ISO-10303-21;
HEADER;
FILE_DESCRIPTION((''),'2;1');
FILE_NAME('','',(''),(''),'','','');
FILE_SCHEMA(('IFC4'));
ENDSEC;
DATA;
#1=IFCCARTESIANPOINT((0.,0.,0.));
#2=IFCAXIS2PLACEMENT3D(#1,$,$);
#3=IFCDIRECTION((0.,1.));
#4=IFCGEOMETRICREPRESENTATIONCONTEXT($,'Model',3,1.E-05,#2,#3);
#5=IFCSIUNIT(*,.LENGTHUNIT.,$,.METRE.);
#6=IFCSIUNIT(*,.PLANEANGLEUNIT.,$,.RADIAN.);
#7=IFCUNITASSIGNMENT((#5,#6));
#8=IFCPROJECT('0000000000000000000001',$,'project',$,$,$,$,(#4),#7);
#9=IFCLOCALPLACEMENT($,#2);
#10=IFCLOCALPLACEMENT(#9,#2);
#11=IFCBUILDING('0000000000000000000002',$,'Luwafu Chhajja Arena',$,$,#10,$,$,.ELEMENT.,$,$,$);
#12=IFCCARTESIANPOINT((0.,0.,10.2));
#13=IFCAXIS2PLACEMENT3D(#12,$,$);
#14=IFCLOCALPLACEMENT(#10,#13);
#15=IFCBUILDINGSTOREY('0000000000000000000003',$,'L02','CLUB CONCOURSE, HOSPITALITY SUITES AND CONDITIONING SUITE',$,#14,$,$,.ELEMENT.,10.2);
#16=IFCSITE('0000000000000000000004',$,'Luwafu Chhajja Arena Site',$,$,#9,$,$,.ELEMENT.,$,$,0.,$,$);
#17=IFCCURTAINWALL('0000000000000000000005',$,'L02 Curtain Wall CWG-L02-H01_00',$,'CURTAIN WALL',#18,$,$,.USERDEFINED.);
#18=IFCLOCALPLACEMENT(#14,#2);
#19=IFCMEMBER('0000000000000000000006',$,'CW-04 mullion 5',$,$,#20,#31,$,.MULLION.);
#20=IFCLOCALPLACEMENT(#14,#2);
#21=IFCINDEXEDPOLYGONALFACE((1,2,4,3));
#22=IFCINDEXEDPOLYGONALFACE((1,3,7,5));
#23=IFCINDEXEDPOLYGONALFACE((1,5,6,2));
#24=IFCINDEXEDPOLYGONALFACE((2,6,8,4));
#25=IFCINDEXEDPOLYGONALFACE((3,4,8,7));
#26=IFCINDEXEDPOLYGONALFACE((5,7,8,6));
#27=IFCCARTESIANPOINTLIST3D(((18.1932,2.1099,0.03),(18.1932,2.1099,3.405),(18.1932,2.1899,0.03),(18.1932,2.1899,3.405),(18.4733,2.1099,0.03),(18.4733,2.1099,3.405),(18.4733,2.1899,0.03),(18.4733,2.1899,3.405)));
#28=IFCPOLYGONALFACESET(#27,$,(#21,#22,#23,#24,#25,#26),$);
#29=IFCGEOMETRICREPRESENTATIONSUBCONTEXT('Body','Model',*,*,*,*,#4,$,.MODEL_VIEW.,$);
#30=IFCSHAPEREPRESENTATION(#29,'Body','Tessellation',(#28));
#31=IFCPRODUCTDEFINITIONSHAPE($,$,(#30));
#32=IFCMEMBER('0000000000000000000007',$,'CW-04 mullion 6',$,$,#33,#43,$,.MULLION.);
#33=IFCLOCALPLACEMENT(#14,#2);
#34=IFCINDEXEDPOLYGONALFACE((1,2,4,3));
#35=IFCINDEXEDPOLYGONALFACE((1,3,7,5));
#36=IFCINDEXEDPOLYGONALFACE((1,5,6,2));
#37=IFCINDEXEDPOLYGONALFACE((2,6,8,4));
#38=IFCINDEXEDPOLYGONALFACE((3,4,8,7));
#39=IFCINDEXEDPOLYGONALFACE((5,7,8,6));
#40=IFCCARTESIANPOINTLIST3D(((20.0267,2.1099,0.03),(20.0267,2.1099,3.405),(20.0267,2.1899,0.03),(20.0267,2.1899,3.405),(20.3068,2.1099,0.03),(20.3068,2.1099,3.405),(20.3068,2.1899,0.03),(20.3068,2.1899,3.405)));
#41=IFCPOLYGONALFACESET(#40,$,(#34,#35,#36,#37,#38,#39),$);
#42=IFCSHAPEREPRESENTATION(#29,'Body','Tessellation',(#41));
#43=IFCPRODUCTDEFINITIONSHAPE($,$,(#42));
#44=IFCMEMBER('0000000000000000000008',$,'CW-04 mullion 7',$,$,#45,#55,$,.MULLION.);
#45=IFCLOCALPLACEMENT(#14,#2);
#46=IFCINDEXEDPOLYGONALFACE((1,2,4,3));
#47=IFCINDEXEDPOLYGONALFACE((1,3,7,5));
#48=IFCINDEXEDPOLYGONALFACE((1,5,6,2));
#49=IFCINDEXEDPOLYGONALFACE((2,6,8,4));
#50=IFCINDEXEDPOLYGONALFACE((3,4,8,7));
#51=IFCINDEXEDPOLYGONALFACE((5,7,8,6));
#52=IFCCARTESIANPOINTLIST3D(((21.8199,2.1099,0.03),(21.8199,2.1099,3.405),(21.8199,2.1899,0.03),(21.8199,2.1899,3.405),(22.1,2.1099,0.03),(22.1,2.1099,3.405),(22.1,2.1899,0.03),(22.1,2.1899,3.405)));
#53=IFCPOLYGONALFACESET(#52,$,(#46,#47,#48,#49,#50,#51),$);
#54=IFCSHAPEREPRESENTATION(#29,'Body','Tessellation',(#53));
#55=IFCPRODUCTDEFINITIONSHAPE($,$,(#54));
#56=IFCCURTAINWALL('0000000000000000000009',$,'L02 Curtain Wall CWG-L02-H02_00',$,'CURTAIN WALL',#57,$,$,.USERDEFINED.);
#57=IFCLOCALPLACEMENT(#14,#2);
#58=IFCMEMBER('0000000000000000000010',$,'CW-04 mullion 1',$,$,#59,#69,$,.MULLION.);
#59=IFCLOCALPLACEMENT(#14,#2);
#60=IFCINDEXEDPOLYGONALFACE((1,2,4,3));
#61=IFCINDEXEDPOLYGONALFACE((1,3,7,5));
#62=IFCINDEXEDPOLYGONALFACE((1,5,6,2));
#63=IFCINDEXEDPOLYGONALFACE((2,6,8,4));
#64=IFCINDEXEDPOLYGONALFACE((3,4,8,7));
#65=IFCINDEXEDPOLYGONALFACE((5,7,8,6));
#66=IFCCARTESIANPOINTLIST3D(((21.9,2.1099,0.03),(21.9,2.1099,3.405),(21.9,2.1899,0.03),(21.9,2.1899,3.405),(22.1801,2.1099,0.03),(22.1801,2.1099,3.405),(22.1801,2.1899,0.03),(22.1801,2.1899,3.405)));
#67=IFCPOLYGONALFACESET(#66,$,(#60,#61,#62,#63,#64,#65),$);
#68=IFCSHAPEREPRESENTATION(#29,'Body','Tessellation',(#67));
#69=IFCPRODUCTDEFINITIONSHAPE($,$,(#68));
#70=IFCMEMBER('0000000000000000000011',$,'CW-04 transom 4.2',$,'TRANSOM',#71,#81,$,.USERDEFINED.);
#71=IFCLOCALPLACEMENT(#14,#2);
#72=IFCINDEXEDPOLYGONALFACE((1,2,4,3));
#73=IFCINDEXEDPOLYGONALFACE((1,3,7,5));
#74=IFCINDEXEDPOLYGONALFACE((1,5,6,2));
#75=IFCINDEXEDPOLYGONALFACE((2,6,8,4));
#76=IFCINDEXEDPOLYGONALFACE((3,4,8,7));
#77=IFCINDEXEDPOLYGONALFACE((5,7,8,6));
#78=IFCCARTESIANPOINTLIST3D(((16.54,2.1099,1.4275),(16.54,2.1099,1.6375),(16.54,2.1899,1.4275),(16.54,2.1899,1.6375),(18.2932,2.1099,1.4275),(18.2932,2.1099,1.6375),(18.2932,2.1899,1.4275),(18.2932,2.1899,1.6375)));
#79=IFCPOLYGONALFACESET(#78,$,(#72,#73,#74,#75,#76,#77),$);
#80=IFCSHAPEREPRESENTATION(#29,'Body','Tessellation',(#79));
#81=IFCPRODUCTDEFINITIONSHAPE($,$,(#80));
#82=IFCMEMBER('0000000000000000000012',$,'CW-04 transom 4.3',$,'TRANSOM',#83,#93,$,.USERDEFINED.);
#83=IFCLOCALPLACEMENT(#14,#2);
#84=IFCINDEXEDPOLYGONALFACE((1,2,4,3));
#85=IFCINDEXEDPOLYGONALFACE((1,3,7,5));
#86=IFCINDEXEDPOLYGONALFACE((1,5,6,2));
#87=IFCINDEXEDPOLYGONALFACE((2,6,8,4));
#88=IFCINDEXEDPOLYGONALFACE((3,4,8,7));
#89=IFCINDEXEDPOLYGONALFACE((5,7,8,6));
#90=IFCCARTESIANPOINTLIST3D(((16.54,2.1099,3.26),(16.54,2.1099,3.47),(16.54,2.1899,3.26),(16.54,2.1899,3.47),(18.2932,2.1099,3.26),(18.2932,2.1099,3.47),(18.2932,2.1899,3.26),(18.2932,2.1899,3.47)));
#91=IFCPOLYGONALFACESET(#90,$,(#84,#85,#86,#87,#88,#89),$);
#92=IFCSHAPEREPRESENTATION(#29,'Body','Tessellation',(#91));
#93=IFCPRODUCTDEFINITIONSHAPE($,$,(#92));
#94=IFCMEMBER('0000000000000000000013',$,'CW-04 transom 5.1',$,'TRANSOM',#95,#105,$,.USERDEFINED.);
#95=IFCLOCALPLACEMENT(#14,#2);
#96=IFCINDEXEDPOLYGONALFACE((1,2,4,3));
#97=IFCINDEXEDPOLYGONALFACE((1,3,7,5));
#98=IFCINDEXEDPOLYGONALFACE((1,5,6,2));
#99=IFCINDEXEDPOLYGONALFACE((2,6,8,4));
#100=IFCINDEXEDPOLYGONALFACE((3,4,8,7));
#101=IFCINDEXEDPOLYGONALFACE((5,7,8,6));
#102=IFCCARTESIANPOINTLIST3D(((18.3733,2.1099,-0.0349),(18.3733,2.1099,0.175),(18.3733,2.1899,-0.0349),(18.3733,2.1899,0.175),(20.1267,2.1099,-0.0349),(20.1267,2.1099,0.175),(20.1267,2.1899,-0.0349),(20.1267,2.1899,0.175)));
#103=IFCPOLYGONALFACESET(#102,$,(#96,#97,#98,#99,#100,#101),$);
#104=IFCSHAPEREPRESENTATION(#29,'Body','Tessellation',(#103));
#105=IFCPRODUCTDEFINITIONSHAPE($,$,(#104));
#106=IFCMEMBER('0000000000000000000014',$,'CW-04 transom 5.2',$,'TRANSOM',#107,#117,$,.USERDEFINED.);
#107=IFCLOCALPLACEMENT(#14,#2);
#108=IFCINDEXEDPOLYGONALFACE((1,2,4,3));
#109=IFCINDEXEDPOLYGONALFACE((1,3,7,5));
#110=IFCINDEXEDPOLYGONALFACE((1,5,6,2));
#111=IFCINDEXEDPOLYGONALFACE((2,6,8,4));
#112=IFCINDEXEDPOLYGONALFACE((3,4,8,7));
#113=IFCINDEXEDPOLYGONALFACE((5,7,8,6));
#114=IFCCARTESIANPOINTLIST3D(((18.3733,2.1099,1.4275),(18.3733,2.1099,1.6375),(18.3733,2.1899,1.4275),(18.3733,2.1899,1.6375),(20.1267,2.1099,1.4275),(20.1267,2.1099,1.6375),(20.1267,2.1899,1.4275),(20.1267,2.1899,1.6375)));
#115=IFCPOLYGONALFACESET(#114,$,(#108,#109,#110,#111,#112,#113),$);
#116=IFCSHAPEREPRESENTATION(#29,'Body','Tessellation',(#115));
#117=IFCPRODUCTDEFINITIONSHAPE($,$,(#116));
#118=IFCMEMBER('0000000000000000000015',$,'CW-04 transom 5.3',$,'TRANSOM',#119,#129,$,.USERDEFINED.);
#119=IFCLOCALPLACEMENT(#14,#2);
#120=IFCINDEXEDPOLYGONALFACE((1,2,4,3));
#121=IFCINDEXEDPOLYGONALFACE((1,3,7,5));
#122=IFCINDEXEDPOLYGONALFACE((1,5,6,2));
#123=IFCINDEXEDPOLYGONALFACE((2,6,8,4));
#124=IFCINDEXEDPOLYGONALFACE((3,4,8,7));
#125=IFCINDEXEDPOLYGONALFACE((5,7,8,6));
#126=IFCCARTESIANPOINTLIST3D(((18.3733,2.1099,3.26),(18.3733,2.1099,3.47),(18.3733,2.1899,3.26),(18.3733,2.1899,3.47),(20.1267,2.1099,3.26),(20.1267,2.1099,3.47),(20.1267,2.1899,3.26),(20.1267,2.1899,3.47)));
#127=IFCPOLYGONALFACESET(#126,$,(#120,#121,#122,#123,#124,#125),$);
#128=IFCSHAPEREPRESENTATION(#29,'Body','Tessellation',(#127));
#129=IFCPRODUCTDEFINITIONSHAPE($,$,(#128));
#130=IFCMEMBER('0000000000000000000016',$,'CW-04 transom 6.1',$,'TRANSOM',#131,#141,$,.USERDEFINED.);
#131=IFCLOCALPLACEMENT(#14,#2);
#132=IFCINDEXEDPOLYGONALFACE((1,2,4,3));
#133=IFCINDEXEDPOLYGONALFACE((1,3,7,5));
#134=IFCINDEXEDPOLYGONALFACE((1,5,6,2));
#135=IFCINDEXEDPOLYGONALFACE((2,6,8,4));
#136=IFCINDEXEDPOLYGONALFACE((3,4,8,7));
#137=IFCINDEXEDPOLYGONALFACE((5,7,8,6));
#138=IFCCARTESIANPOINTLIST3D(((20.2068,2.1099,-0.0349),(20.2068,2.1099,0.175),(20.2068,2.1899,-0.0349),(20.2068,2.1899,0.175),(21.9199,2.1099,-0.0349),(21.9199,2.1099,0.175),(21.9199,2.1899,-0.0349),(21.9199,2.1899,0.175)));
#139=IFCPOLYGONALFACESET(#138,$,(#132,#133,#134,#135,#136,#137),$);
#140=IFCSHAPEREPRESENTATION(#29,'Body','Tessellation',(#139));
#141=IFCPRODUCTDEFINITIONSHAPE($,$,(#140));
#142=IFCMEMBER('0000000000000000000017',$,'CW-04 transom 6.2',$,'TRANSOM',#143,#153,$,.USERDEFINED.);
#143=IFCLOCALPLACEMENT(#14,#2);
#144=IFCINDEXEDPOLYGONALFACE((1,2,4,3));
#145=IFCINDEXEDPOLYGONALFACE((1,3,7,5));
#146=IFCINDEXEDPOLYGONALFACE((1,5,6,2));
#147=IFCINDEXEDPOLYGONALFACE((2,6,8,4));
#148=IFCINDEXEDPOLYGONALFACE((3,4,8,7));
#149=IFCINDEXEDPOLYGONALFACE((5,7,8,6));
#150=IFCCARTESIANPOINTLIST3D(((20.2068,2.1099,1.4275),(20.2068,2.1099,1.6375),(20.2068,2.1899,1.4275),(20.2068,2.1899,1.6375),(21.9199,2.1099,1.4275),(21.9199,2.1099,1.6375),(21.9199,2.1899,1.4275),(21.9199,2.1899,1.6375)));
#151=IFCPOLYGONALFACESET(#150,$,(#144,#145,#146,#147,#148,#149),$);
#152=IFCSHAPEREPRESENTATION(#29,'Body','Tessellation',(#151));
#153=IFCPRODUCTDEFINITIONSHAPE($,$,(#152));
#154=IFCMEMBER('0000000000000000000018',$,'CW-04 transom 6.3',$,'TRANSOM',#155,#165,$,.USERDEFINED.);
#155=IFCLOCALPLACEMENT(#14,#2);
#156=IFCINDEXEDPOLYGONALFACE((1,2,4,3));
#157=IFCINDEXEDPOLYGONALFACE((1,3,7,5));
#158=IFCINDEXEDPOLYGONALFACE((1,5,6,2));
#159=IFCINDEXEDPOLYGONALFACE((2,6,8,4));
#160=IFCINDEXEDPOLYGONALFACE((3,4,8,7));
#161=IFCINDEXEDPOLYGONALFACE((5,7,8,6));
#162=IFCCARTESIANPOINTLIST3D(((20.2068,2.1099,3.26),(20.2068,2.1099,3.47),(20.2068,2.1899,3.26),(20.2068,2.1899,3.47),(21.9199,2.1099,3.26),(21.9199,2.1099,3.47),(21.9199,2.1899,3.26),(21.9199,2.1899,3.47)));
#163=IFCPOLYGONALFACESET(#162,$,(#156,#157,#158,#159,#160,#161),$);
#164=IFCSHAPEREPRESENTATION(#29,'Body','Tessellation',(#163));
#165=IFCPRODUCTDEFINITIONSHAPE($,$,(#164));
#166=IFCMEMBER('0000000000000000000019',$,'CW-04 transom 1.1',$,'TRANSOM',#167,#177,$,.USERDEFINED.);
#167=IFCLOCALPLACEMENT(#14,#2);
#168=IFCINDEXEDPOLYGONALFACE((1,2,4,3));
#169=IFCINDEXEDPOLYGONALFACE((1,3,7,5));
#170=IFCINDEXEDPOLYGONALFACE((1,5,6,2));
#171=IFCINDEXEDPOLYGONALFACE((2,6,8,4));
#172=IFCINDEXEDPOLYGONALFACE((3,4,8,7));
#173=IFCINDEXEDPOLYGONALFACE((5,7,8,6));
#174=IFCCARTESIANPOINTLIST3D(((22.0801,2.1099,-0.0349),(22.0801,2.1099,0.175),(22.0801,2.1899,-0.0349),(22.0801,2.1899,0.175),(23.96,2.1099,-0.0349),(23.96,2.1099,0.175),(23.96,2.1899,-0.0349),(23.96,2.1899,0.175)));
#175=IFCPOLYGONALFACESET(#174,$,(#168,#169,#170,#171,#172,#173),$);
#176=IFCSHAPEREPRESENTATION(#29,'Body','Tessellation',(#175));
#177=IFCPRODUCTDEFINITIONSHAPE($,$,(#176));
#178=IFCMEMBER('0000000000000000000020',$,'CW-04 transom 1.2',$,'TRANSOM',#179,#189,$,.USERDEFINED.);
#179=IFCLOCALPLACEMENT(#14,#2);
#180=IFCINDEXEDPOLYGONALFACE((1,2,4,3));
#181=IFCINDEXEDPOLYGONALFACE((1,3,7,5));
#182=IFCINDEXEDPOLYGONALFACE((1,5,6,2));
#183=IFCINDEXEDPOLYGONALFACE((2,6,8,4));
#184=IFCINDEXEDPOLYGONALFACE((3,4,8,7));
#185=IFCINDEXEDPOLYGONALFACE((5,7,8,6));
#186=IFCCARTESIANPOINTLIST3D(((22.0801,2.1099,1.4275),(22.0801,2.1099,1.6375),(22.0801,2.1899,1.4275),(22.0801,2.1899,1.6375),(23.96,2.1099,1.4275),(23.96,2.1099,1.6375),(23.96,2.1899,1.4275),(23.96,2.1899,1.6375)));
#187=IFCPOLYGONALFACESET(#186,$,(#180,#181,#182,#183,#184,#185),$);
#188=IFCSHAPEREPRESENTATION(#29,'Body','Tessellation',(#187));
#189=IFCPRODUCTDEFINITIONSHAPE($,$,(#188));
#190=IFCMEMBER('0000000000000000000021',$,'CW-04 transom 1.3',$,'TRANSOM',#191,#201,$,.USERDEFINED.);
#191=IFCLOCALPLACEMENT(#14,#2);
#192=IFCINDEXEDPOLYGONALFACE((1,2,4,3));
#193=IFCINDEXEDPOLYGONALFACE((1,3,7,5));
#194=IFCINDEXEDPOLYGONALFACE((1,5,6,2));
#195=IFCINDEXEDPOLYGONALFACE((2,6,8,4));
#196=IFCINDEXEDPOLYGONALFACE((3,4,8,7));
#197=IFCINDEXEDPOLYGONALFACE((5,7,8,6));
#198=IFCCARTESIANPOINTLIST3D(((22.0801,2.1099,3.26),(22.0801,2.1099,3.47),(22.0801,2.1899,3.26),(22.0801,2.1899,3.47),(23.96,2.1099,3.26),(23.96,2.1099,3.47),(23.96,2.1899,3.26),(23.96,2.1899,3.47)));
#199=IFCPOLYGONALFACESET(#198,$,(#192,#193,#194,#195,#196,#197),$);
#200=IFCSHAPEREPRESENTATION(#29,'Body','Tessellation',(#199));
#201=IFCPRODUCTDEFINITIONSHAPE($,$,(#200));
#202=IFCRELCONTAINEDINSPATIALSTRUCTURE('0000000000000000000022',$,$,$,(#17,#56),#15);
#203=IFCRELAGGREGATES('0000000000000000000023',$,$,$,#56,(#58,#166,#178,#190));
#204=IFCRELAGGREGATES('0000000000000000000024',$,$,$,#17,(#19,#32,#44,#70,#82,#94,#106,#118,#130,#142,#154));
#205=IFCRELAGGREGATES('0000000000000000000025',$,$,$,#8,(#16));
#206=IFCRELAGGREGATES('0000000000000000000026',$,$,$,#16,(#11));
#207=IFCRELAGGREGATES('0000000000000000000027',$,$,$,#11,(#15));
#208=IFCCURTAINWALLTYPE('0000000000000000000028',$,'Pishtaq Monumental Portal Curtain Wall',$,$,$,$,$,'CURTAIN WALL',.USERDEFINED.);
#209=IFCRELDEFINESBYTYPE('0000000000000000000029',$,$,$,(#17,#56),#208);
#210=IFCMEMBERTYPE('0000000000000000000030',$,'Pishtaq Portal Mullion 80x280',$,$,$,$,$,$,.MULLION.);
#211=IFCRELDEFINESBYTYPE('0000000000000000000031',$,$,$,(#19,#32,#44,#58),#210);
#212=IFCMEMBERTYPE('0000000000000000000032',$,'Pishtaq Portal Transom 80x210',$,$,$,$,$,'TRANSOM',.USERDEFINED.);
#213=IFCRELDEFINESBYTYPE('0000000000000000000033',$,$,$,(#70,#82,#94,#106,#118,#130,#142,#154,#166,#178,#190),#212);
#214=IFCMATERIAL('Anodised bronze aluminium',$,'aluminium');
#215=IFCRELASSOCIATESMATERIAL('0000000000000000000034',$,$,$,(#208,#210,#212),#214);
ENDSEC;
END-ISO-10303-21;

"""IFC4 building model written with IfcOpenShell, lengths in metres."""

from ifc_helpers import new_model, si_unit, direction, frame, origin, origin_2d, place, context, subcontext, project, spatial, rectangle, extrude, material, material_profile, profile_set, type_object, element, aggregate, save


model = new_model("IFC4")

# Units and contexts
model_context = context("Model", 3, precision=1e-05, world=origin(), true_north=direction((0.0, 1.0)))
body_context = subcontext(model_context, "Body", "Model", "MODEL_VIEW")
ifc_project = project(units=[si_unit("LENGTHUNIT", "METRE"), si_unit("PLANEANGLEUNIT", "RADIAN")], contexts=[model_context])

# Site, building, storey
site_placement = place(None, origin())
site = spatial("IfcSite", under=ifc_project, at=site_placement, Name="Luwafu Chhajja Arena Site", CompositionType="ELEMENT", RefElevation=0.0)
building_placement = place(site_placement, origin())
building = spatial("IfcBuilding", under=site, at=building_placement, Name="Luwafu Chhajja Arena", CompositionType="ELEMENT")
storey_placement = place(building_placement, frame((0.0, 0.0, 10.2)))
storey = spatial("IfcBuildingStorey", under=building, at=storey_placement, Name="L02", Description="CLUB CONCOURSE, HOSPITALITY SUITES AND CONDITIONING SUITE", CompositionType="ELEMENT", Elevation=10.2)

# Curtain wall, members
ifc_material_1 = material(Name="Anodised bronze aluminium", Category="aluminium")
curtain_wall_type = type_object("IfcCurtainWallType", Name="Pishtaq Monumental Portal Curtain Wall", ElementType="CURTAIN WALL", PredefinedType="USERDEFINED", material=ifc_material_1)
curtain_wall_1_placement = place(storey_placement, origin())
curtain_wall_1 = element("IfcCurtainWall", 1, at=curtain_wall_1_placement, inside=storey, type_object=curtain_wall_type, Name="L02 Curtain Wall CWG-L02-H01_00", ObjectType="CURTAIN WALL", PredefinedType="USERDEFINED")
ifc_material_profile_1 = material_profile(ifc_material_1, rectangle(XDim=0.0801, YDim=0.28, at=origin_2d()), Name="CWM 80x280")
ifc_profile_set_1 = profile_set([ifc_material_profile_1], Name="Anodised bronze aluminium")
member_type_1 = type_object("IfcMemberType", Name="Pishtaq Portal Mullion 80x280", PredefinedType="MULLION", material=ifc_profile_set_1)
member_1_placement = place(storey_placement, frame((18.3333, 2.1499, 0.03), z_axis=(0.0, 0.0, 1.0), x_axis=(0.0, 1.0, 0.0)))
member_1 = element("IfcMember", 2, at=member_1_placement, type_object=member_type_1, Name="CW-04 mullion 5", PredefinedType="MULLION", context=body_context, shape_type="SweptSolid", body=[
    extrude(rectangle(XDim=0.0801, YDim=0.28, at=origin_2d()), origin(), (0.0, 0.0, 1.0), 3.375),
])
member_2_placement = place(storey_placement, frame((20.1667, 2.1499, 0.03), z_axis=(0.0, 0.0, 1.0), x_axis=(0.0, 1.0, 0.0)))
member_2 = element("IfcMember", 3, at=member_2_placement, type_object=member_type_1, Name="CW-04 mullion 6", PredefinedType="MULLION", context=body_context, shape_type="SweptSolid", body=[
    extrude(rectangle(XDim=0.0801, YDim=0.28, at=origin_2d()), origin(), (0.0, 0.0, 1.0), 3.375),
])
member_3_placement = place(storey_placement, frame((21.96, 2.1499, 0.03), z_axis=(0.0, 0.0, 1.0), x_axis=(0.0, 1.0, 0.0)))
member_3 = element("IfcMember", 4, at=member_3_placement, type_object=member_type_1, Name="CW-04 mullion 7", PredefinedType="MULLION", context=body_context, shape_type="SweptSolid", body=[
    extrude(rectangle(XDim=0.0801, YDim=0.28, at=origin_2d()), origin(), (0.0, 0.0, 1.0), 3.375),
])

# Curtain wall, member
curtain_wall_2_placement = place(storey_placement, origin())
curtain_wall_2 = element("IfcCurtainWall", 5, at=curtain_wall_2_placement, inside=storey, type_object=curtain_wall_type, Name="L02 Curtain Wall CWG-L02-H02_00", ObjectType="CURTAIN WALL", PredefinedType="USERDEFINED")
member_4_placement = place(storey_placement, frame((22.04, 2.1499, 0.03), z_axis=(0.0, 0.0, 1.0), x_axis=(0.0, 1.0, 0.0)))
member_4 = element("IfcMember", 6, at=member_4_placement, type_object=member_type_1, Name="CW-04 mullion 1", PredefinedType="MULLION", context=body_context, shape_type="SweptSolid", body=[
    extrude(rectangle(XDim=0.0801, YDim=0.28, at=origin_2d()), origin(), (0.0, 0.0, 1.0), 3.375),
])

# Members
ifc_material_profile_2 = material_profile(ifc_material_1, rectangle(XDim=0.0801, YDim=0.21, at=origin_2d()), Name="CWT 80x210")
ifc_profile_set_2 = profile_set([ifc_material_profile_2], Name="Anodised bronze aluminium")
member_type_2 = type_object("IfcMemberType", Name="Pishtaq Portal Transom 80x210", ElementType="TRANSOM", PredefinedType="USERDEFINED", material=ifc_profile_set_2)
member_5_placement = place(storey_placement, frame((16.54, 2.1499, 1.5325), z_axis=(1.0, 0.0, 0.0), x_axis=(0.0, 1.0, 0.0)))
member_5 = element("IfcMember", 7, at=member_5_placement, type_object=member_type_2, Name="CW-04 transom 4.2", ObjectType="TRANSOM", PredefinedType="USERDEFINED", context=body_context, shape_type="SweptSolid", body=[
    extrude(rectangle(XDim=0.0801, YDim=0.21, at=origin_2d()), origin(), (0.0, 0.0, 1.0), 1.7532),
])
member_6_placement = place(storey_placement, frame((16.54, 2.1499, 3.365), z_axis=(1.0, 0.0, 0.0), x_axis=(0.0, 1.0, 0.0)))
member_6 = element("IfcMember", 8, at=member_6_placement, type_object=member_type_2, Name="CW-04 transom 4.3", ObjectType="TRANSOM", PredefinedType="USERDEFINED", context=body_context, shape_type="SweptSolid", body=[
    extrude(rectangle(XDim=0.0801, YDim=0.21, at=origin_2d()), origin(), (0.0, 0.0, 1.0), 1.7532),
])
member_7_placement = place(storey_placement, frame((18.3733, 2.1499, 0.0701), z_axis=(1.0, 0.0, 0.0), x_axis=(0.0, 1.0, 0.0)))
member_7 = element("IfcMember", 9, at=member_7_placement, type_object=member_type_2, Name="CW-04 transom 5.1", ObjectType="TRANSOM", PredefinedType="USERDEFINED", context=body_context, shape_type="SweptSolid", body=[
    extrude(rectangle(XDim=0.0801, YDim=0.21, at=origin_2d()), origin(), (0.0, 0.0, 1.0), 1.7534),
])
member_8_placement = place(storey_placement, frame((18.3733, 2.1499, 1.5325), z_axis=(1.0, 0.0, 0.0), x_axis=(0.0, 1.0, 0.0)))
member_8 = element("IfcMember", 10, at=member_8_placement, type_object=member_type_2, Name="CW-04 transom 5.2", ObjectType="TRANSOM", PredefinedType="USERDEFINED", context=body_context, shape_type="SweptSolid", body=[
    extrude(rectangle(XDim=0.0801, YDim=0.21, at=origin_2d()), origin(), (0.0, 0.0, 1.0), 1.7534),
])
member_9_placement = place(storey_placement, frame((18.3733, 2.1499, 3.365), z_axis=(1.0, 0.0, 0.0), x_axis=(0.0, 1.0, 0.0)))
member_9 = element("IfcMember", 11, at=member_9_placement, type_object=member_type_2, Name="CW-04 transom 5.3", ObjectType="TRANSOM", PredefinedType="USERDEFINED", context=body_context, shape_type="SweptSolid", body=[
    extrude(rectangle(XDim=0.0801, YDim=0.21, at=origin_2d()), origin(), (0.0, 0.0, 1.0), 1.7534),
])
member_10_placement = place(storey_placement, frame((20.2068, 2.1499, 0.0701), z_axis=(1.0, 0.0, 0.0), x_axis=(0.0, 1.0, 0.0)))
member_10 = element("IfcMember", 12, at=member_10_placement, type_object=member_type_2, Name="CW-04 transom 6.1", ObjectType="TRANSOM", PredefinedType="USERDEFINED", context=body_context, shape_type="SweptSolid", body=[
    extrude(rectangle(XDim=0.0801, YDim=0.21, at=origin_2d()), origin(), (0.0, 0.0, 1.0), 1.7131),
])
member_11_placement = place(storey_placement, frame((20.2068, 2.1499, 1.5325), z_axis=(1.0, 0.0, 0.0), x_axis=(0.0, 1.0, 0.0)))
member_11 = element("IfcMember", 13, at=member_11_placement, type_object=member_type_2, Name="CW-04 transom 6.2", ObjectType="TRANSOM", PredefinedType="USERDEFINED", context=body_context, shape_type="SweptSolid", body=[
    extrude(rectangle(XDim=0.0801, YDim=0.21, at=origin_2d()), origin(), (0.0, 0.0, 1.0), 1.7131),
])
member_12_placement = place(storey_placement, frame((20.2068, 2.1499, 3.365), z_axis=(1.0, 0.0, 0.0), x_axis=(0.0, 1.0, 0.0)))
member_12 = element("IfcMember", 14, at=member_12_placement, type_object=member_type_2, Name="CW-04 transom 6.3", ObjectType="TRANSOM", PredefinedType="USERDEFINED", context=body_context, shape_type="SweptSolid", body=[
    extrude(rectangle(XDim=0.0801, YDim=0.21, at=origin_2d()), origin(), (0.0, 0.0, 1.0), 1.7131),
])
member_13_placement = place(storey_placement, frame((22.0801, 2.1499, 0.0701), z_axis=(1.0, 0.0, 0.0), x_axis=(0.0, 1.0, 0.0)))
member_13 = element("IfcMember", 15, at=member_13_placement, type_object=member_type_2, Name="CW-04 transom 1.1", ObjectType="TRANSOM", PredefinedType="USERDEFINED", context=body_context, shape_type="SweptSolid", body=[
    extrude(rectangle(XDim=0.0801, YDim=0.21, at=origin_2d()), origin(), (0.0, 0.0, 1.0), 1.8799),
])
member_14_placement = place(storey_placement, frame((22.0801, 2.1499, 1.5325), z_axis=(1.0, 0.0, 0.0), x_axis=(0.0, 1.0, 0.0)))
member_14 = element("IfcMember", 16, at=member_14_placement, type_object=member_type_2, Name="CW-04 transom 1.2", ObjectType="TRANSOM", PredefinedType="USERDEFINED", context=body_context, shape_type="SweptSolid", body=[
    extrude(rectangle(XDim=0.0801, YDim=0.21, at=origin_2d()), origin(), (0.0, 0.0, 1.0), 1.8799),
])
member_15_placement = place(storey_placement, frame((22.0801, 2.1499, 3.365), z_axis=(1.0, 0.0, 0.0), x_axis=(0.0, 1.0, 0.0)))
member_15 = element("IfcMember", 17, at=member_15_placement, type_object=member_type_2, Name="CW-04 transom 1.3", ObjectType="TRANSOM", PredefinedType="USERDEFINED", context=body_context, shape_type="SweptSolid", body=[
    extrude(rectangle(XDim=0.0801, YDim=0.21, at=origin_2d()), origin(), (0.0, 0.0, 1.0), 1.8799),
])
aggregate(curtain_wall_2, [member_4, member_13, member_14, member_15])

aggregate(curtain_wall_1, [member_1, member_2, member_3, member_5, member_6, member_7, member_8, member_9, member_10, member_11, member_12])

save(model, "model.ifc")
